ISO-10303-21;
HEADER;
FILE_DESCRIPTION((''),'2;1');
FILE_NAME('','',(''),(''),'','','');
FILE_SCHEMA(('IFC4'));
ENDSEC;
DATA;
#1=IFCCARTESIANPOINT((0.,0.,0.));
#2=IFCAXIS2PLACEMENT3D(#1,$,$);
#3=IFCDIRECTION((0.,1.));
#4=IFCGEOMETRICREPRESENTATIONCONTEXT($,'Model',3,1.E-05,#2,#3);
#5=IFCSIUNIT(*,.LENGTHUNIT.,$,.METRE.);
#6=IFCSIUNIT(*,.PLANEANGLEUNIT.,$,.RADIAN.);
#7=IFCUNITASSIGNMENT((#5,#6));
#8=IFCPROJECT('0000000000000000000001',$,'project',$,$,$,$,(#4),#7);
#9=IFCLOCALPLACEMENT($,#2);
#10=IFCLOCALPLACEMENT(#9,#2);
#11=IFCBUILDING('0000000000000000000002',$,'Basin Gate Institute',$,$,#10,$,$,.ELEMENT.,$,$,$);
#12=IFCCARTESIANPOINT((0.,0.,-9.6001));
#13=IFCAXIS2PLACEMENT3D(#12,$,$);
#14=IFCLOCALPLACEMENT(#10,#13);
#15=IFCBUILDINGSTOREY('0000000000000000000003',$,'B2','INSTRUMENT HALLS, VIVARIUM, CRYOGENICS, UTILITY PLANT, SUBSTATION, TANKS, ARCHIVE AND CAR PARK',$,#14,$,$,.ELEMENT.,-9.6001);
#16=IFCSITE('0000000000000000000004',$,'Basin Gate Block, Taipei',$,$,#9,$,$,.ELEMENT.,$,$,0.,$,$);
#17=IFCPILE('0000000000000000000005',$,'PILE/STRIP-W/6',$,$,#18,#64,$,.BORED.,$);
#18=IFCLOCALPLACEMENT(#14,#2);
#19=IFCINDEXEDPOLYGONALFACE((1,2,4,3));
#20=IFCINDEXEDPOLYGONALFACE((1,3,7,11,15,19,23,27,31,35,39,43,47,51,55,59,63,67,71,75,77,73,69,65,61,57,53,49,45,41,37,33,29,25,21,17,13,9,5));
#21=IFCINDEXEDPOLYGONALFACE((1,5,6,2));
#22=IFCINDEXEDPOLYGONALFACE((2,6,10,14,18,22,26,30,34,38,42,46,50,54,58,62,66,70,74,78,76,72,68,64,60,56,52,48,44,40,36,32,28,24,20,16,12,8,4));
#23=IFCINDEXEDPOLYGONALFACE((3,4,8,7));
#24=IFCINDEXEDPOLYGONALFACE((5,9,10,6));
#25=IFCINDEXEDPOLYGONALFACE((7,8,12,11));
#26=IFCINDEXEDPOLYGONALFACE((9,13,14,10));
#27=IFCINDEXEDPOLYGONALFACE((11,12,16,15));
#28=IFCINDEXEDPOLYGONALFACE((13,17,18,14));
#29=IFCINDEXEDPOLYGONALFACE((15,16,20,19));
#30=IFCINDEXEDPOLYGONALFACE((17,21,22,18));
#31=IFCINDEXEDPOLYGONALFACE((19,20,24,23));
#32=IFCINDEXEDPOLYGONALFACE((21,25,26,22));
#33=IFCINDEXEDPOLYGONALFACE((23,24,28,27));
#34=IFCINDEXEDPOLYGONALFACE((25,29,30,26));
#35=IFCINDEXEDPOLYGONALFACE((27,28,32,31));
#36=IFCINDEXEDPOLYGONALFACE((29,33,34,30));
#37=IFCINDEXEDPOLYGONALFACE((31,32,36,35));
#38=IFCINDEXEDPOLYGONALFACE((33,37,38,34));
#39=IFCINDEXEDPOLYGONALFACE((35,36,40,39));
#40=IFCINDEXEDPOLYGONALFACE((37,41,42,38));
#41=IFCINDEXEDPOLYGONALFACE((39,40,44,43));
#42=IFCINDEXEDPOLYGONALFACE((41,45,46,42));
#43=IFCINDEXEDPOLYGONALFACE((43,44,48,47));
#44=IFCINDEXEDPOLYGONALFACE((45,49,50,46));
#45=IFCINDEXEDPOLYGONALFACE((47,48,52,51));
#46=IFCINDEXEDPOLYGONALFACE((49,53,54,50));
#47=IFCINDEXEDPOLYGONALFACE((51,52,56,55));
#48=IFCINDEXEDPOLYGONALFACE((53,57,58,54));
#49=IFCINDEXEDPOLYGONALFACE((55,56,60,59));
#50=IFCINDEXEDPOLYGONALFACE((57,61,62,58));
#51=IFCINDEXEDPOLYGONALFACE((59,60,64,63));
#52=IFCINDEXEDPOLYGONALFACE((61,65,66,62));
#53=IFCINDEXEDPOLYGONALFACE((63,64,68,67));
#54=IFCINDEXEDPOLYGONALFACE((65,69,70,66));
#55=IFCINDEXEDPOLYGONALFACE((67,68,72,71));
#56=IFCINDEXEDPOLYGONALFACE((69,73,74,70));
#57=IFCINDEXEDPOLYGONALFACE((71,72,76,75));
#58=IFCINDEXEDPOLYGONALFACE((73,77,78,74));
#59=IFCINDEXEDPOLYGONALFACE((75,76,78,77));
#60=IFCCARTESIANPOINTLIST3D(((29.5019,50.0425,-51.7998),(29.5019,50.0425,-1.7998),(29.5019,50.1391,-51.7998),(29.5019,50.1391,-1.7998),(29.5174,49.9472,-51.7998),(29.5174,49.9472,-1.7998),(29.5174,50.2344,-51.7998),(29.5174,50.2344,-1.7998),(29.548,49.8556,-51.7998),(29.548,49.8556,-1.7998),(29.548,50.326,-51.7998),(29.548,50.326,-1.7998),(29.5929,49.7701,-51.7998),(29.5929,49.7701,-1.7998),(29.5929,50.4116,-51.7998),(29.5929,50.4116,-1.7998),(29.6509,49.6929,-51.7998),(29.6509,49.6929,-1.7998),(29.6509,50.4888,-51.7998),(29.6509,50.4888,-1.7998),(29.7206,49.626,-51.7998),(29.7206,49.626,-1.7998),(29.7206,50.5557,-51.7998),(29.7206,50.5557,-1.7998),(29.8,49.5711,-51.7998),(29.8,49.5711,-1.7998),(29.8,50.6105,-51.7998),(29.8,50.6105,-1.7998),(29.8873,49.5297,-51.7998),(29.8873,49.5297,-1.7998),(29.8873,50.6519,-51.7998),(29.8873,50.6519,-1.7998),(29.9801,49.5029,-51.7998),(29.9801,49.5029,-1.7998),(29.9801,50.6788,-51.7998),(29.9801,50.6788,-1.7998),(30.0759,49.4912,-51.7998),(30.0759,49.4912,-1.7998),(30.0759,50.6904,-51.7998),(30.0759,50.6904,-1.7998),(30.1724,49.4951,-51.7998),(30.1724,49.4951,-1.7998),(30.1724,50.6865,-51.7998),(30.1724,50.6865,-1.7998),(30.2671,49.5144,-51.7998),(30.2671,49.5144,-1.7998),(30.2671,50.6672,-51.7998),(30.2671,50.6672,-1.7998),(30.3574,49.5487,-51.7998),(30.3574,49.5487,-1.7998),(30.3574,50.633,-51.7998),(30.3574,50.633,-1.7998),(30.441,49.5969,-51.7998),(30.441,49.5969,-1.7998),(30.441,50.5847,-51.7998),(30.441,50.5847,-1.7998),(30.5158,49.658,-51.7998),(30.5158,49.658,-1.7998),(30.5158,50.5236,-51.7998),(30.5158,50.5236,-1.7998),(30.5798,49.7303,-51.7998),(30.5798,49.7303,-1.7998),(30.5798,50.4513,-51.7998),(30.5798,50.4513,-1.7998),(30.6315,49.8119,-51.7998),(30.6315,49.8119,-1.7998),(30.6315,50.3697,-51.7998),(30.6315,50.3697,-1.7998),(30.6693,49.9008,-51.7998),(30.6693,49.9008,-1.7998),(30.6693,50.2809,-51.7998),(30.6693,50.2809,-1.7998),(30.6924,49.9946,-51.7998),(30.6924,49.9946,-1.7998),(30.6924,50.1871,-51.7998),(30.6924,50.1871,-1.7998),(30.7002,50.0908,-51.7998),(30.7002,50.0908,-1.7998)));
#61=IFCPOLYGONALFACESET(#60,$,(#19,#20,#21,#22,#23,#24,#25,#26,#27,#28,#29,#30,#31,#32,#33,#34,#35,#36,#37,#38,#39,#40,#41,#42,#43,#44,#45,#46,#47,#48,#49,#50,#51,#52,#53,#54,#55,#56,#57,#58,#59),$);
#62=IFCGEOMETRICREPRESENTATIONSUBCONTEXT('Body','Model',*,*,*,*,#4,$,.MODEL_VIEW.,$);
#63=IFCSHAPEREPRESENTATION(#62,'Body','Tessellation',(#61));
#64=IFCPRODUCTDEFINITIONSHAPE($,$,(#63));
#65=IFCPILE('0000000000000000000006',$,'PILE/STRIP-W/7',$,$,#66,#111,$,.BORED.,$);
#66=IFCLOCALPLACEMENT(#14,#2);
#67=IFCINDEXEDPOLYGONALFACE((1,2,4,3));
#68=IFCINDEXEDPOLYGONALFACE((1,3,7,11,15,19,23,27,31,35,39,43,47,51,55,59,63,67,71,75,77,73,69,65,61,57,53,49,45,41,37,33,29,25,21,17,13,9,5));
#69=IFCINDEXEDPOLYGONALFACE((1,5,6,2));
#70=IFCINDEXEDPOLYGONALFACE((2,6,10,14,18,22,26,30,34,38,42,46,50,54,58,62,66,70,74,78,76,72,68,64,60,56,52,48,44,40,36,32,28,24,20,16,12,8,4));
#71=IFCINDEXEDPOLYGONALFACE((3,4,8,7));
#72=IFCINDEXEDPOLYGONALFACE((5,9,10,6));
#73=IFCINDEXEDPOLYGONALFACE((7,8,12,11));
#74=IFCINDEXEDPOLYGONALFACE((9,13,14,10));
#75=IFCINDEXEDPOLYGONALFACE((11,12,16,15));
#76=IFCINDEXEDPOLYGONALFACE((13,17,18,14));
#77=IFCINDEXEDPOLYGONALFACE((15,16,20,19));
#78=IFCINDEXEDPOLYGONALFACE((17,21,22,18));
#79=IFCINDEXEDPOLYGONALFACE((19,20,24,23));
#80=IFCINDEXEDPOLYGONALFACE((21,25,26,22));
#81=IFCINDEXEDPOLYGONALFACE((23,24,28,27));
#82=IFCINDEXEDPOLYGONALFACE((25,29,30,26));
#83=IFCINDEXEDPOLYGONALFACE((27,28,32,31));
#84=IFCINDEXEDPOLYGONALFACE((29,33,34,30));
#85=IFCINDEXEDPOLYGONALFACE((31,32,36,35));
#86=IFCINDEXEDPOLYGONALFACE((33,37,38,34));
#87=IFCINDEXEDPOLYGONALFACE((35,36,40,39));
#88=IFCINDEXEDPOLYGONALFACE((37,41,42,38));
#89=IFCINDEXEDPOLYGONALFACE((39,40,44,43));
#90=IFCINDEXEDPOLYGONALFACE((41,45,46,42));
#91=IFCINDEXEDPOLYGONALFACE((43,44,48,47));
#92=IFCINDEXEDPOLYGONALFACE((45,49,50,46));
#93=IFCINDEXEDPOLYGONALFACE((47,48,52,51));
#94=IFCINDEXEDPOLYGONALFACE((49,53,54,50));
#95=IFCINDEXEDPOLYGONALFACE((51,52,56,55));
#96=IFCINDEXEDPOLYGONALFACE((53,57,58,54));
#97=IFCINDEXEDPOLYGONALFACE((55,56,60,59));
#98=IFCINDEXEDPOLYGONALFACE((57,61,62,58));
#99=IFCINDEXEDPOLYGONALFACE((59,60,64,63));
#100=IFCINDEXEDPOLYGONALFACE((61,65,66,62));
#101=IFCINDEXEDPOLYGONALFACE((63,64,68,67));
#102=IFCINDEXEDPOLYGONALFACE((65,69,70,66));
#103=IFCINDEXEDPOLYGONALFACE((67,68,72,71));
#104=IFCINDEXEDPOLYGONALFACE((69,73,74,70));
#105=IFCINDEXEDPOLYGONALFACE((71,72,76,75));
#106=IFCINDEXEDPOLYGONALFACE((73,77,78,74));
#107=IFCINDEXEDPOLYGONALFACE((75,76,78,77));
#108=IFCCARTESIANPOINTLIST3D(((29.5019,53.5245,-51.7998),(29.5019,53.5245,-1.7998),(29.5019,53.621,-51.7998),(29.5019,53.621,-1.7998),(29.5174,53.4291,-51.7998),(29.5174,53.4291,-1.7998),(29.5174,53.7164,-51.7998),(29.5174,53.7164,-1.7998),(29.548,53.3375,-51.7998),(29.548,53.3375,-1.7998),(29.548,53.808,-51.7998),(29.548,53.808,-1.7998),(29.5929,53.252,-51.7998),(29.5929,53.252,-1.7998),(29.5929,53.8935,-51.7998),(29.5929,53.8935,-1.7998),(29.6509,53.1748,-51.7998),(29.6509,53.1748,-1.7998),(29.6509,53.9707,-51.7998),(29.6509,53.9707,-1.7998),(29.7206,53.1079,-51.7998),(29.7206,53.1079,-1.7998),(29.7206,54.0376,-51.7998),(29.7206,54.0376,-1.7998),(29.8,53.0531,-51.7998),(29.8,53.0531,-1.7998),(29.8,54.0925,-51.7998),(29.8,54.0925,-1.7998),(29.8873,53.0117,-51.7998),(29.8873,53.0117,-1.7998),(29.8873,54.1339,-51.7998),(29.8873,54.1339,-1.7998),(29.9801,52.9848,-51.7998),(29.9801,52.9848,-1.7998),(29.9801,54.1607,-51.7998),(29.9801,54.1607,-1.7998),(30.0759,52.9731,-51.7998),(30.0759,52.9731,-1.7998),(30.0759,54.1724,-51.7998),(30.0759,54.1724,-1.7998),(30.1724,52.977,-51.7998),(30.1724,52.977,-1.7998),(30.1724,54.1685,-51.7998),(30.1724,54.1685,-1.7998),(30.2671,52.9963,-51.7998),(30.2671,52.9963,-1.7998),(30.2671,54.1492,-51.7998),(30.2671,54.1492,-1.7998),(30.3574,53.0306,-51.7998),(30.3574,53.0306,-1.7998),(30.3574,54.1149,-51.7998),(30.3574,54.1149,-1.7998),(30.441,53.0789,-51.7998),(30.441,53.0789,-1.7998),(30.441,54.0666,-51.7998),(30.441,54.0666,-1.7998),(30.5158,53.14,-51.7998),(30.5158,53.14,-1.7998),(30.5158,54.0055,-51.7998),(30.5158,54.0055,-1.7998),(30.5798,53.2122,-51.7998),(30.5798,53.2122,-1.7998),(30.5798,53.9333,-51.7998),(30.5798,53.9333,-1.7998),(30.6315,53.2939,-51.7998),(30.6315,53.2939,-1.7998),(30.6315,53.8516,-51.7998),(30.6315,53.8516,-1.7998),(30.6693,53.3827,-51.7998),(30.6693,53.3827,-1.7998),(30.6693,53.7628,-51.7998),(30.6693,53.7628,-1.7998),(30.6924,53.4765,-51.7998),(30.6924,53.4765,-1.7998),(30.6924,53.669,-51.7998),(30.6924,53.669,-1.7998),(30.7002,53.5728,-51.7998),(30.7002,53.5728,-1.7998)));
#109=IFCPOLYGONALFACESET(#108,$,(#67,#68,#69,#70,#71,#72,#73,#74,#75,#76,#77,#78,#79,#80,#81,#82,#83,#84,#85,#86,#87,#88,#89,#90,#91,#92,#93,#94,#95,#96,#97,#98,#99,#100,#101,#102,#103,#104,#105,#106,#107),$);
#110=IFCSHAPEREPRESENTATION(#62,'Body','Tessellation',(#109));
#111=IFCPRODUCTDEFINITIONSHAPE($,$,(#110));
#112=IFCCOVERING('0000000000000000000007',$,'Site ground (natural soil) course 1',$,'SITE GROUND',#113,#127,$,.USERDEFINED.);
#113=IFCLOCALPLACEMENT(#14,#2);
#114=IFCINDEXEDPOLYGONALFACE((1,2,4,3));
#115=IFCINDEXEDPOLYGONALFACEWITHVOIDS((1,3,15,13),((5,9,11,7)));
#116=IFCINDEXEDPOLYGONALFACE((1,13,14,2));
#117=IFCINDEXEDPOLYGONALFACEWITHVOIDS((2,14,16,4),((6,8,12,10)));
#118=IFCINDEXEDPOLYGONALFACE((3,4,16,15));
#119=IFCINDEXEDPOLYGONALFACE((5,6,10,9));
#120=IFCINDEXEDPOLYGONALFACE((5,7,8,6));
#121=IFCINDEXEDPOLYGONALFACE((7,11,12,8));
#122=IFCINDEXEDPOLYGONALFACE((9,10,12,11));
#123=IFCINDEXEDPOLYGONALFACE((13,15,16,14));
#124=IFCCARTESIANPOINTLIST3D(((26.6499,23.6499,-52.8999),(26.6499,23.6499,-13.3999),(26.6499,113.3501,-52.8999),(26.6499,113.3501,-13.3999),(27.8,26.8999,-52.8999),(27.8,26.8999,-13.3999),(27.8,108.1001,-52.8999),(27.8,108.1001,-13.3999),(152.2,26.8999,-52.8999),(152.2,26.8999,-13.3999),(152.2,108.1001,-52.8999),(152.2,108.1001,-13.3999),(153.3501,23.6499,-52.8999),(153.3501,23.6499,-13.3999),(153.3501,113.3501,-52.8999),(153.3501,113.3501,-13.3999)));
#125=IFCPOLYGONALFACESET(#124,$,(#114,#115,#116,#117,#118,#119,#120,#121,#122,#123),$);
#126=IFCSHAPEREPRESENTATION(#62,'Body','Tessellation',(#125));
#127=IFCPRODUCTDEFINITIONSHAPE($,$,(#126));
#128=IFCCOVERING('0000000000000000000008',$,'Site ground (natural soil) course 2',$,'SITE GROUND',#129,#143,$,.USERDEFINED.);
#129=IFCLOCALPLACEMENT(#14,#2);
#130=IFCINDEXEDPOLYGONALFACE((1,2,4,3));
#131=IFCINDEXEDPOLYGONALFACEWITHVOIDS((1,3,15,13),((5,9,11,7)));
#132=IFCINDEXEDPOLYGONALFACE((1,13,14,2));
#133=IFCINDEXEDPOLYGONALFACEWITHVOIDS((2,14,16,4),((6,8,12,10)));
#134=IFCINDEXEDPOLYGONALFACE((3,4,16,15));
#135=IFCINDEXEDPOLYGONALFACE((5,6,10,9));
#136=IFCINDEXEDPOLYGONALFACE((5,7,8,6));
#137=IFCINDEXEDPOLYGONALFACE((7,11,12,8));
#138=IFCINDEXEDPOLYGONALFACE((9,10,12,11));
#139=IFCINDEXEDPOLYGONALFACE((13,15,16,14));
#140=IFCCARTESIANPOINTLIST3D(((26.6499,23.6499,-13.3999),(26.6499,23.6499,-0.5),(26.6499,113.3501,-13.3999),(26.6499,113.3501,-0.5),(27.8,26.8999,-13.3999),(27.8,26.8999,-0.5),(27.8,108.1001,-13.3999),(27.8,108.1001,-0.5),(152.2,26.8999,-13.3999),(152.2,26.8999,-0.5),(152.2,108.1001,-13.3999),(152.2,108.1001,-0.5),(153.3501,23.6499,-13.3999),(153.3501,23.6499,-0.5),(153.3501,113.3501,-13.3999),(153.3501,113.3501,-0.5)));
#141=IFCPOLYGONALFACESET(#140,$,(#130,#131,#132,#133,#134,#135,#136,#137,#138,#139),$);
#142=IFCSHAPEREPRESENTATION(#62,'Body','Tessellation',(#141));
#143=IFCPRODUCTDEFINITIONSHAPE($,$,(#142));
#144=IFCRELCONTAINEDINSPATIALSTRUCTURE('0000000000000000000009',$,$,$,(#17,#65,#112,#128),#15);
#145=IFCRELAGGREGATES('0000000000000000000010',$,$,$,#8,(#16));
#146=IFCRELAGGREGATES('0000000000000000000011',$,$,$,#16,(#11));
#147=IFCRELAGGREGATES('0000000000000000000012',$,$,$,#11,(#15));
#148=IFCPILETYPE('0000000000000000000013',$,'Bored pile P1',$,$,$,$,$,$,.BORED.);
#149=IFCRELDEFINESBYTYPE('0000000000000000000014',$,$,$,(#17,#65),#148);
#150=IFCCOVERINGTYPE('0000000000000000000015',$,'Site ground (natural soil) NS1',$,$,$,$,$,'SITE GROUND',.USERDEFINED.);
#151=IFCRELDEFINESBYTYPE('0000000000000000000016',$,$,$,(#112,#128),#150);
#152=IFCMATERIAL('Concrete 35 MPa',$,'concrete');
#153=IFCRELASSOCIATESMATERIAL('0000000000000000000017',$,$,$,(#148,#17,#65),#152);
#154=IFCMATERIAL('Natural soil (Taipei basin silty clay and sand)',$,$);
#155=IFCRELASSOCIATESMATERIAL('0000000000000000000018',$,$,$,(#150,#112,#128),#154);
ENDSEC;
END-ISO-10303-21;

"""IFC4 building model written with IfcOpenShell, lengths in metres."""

from ifc_helpers import new_model, si_unit, direction, frame, origin, origin_2d, place, context, subcontext, project, spatial, polyline, circle, outline, extrude, material, material_profile, profile_set, type_object, element, save


model = new_model("IFC4")

# Units and contexts
model_context = context("Model", 3, precision=1e-05, world=origin(), true_north=direction((0.0, 1.0)))
body_context = subcontext(model_context, "Body", "Model", "MODEL_VIEW")
ifc_project = project(units=[si_unit("LENGTHUNIT", "METRE"), si_unit("PLANEANGLEUNIT", "RADIAN")], contexts=[model_context])

# Site, building, storey
site_placement = place(None, origin())
site = spatial("IfcSite", under=ifc_project, at=site_placement, Name="Basin Gate Block, Taipei", CompositionType="ELEMENT", RefElevation=0.0)
building_placement = place(site_placement, origin())
building = spatial("IfcBuilding", under=site, at=building_placement, Name="Basin Gate Institute", CompositionType="ELEMENT")
storey_placement = place(building_placement, frame((0.0, 0.0, -9.6001)))
storey = spatial("IfcBuildingStorey", under=building, at=storey_placement, Name="B2", Description="INSTRUMENT HALLS, VIVARIUM, CRYOGENICS, UTILITY PLANT, SUBSTATION, TANKS, ARCHIVE AND CAR PARK", CompositionType="ELEMENT", Elevation=-9.6001)

# Piles
ifc_material_1 = material(Name="Concrete 35 MPa", Category="concrete")
ifc_material_profile = material_profile(ifc_material_1, circle(Radius=0.6001, at=origin_2d()), Name="Bored pile P1 1200 dia")
ifc_profile_set = profile_set([ifc_material_profile], Name="Concrete 35 MPa")
pile_type = type_object("IfcPileType", Name="Bored pile P1", PredefinedType="BORED", material=ifc_profile_set)
for number, where, z_axis, x_axis, name in (
    (1, (30.1001, 50.0908, -1.7998), (0.0, 0.0, -1.0), (1.0, 0.0, 0.0), "PILE/STRIP-W/6"),
    (2, (30.1001, 53.5728, -1.7998), (0.0, 0.0, -1.0), (1.0, 0.0, 0.0), "PILE/STRIP-W/7"),
):
    element("IfcPile", number, at=place(storey_placement, frame(where, z_axis=z_axis, x_axis=x_axis)), inside=storey, type_object=pile_type, material=ifc_profile_set, Name=name, PredefinedType="BORED", context=body_context, shape_type="SweptSolid", body=[
        extrude(circle(Radius=0.6001, at=origin_2d()), origin(), (0.0, 0.0, 1.0), 50.0),
    ])

# Coverings
ifc_material_2 = material(Name="Natural soil (Taipei basin silty clay and sand)")
covering_type = type_object("IfcCoveringType", Name="Site ground (natural soil) NS1", ElementType="SITE GROUND", PredefinedType="USERDEFINED", material=ifc_material_2)
covering_1_placement = place(storey_placement, frame((0.0, 0.0, -52.8999)))
element("IfcCovering", 3, at=covering_1_placement, inside=storey, type_object=covering_type, material=ifc_material_2, Name="Site ground (natural soil) course 1", ObjectType="SITE GROUND", PredefinedType="USERDEFINED", context=body_context, shape_type="SweptSolid", body=[
    extrude(outline(polyline([(26.6499, 23.6499), (26.6499, 113.3501), (153.3501, 113.3501), (153.3501, 23.6499), (26.6499, 23.6499)]), holes=[polyline([(152.2, 108.1001), (27.8, 108.1001), (27.8, 26.8999), (152.2, 26.8999), (152.2, 108.1001)])]), origin(), (0.0, 0.0, 1.0), 39.5),
])
covering_2_placement = place(storey_placement, frame((0.0, 0.0, -13.3999)))
element("IfcCovering", 4, at=covering_2_placement, inside=storey, type_object=covering_type, material=ifc_material_2, Name="Site ground (natural soil) course 2", ObjectType="SITE GROUND", PredefinedType="USERDEFINED", context=body_context, shape_type="SweptSolid", body=[
    extrude(outline(polyline([(26.6499, 23.6499), (26.6499, 113.3501), (153.3501, 113.3501), (153.3501, 23.6499), (26.6499, 23.6499)]), holes=[polyline([(152.2, 108.1001), (27.8, 108.1001), (27.8, 26.8999), (152.2, 26.8999), (152.2, 108.1001)])]), origin(), (0.0, 0.0, 1.0), 12.8999),
])

save(model, "model.ifc")
